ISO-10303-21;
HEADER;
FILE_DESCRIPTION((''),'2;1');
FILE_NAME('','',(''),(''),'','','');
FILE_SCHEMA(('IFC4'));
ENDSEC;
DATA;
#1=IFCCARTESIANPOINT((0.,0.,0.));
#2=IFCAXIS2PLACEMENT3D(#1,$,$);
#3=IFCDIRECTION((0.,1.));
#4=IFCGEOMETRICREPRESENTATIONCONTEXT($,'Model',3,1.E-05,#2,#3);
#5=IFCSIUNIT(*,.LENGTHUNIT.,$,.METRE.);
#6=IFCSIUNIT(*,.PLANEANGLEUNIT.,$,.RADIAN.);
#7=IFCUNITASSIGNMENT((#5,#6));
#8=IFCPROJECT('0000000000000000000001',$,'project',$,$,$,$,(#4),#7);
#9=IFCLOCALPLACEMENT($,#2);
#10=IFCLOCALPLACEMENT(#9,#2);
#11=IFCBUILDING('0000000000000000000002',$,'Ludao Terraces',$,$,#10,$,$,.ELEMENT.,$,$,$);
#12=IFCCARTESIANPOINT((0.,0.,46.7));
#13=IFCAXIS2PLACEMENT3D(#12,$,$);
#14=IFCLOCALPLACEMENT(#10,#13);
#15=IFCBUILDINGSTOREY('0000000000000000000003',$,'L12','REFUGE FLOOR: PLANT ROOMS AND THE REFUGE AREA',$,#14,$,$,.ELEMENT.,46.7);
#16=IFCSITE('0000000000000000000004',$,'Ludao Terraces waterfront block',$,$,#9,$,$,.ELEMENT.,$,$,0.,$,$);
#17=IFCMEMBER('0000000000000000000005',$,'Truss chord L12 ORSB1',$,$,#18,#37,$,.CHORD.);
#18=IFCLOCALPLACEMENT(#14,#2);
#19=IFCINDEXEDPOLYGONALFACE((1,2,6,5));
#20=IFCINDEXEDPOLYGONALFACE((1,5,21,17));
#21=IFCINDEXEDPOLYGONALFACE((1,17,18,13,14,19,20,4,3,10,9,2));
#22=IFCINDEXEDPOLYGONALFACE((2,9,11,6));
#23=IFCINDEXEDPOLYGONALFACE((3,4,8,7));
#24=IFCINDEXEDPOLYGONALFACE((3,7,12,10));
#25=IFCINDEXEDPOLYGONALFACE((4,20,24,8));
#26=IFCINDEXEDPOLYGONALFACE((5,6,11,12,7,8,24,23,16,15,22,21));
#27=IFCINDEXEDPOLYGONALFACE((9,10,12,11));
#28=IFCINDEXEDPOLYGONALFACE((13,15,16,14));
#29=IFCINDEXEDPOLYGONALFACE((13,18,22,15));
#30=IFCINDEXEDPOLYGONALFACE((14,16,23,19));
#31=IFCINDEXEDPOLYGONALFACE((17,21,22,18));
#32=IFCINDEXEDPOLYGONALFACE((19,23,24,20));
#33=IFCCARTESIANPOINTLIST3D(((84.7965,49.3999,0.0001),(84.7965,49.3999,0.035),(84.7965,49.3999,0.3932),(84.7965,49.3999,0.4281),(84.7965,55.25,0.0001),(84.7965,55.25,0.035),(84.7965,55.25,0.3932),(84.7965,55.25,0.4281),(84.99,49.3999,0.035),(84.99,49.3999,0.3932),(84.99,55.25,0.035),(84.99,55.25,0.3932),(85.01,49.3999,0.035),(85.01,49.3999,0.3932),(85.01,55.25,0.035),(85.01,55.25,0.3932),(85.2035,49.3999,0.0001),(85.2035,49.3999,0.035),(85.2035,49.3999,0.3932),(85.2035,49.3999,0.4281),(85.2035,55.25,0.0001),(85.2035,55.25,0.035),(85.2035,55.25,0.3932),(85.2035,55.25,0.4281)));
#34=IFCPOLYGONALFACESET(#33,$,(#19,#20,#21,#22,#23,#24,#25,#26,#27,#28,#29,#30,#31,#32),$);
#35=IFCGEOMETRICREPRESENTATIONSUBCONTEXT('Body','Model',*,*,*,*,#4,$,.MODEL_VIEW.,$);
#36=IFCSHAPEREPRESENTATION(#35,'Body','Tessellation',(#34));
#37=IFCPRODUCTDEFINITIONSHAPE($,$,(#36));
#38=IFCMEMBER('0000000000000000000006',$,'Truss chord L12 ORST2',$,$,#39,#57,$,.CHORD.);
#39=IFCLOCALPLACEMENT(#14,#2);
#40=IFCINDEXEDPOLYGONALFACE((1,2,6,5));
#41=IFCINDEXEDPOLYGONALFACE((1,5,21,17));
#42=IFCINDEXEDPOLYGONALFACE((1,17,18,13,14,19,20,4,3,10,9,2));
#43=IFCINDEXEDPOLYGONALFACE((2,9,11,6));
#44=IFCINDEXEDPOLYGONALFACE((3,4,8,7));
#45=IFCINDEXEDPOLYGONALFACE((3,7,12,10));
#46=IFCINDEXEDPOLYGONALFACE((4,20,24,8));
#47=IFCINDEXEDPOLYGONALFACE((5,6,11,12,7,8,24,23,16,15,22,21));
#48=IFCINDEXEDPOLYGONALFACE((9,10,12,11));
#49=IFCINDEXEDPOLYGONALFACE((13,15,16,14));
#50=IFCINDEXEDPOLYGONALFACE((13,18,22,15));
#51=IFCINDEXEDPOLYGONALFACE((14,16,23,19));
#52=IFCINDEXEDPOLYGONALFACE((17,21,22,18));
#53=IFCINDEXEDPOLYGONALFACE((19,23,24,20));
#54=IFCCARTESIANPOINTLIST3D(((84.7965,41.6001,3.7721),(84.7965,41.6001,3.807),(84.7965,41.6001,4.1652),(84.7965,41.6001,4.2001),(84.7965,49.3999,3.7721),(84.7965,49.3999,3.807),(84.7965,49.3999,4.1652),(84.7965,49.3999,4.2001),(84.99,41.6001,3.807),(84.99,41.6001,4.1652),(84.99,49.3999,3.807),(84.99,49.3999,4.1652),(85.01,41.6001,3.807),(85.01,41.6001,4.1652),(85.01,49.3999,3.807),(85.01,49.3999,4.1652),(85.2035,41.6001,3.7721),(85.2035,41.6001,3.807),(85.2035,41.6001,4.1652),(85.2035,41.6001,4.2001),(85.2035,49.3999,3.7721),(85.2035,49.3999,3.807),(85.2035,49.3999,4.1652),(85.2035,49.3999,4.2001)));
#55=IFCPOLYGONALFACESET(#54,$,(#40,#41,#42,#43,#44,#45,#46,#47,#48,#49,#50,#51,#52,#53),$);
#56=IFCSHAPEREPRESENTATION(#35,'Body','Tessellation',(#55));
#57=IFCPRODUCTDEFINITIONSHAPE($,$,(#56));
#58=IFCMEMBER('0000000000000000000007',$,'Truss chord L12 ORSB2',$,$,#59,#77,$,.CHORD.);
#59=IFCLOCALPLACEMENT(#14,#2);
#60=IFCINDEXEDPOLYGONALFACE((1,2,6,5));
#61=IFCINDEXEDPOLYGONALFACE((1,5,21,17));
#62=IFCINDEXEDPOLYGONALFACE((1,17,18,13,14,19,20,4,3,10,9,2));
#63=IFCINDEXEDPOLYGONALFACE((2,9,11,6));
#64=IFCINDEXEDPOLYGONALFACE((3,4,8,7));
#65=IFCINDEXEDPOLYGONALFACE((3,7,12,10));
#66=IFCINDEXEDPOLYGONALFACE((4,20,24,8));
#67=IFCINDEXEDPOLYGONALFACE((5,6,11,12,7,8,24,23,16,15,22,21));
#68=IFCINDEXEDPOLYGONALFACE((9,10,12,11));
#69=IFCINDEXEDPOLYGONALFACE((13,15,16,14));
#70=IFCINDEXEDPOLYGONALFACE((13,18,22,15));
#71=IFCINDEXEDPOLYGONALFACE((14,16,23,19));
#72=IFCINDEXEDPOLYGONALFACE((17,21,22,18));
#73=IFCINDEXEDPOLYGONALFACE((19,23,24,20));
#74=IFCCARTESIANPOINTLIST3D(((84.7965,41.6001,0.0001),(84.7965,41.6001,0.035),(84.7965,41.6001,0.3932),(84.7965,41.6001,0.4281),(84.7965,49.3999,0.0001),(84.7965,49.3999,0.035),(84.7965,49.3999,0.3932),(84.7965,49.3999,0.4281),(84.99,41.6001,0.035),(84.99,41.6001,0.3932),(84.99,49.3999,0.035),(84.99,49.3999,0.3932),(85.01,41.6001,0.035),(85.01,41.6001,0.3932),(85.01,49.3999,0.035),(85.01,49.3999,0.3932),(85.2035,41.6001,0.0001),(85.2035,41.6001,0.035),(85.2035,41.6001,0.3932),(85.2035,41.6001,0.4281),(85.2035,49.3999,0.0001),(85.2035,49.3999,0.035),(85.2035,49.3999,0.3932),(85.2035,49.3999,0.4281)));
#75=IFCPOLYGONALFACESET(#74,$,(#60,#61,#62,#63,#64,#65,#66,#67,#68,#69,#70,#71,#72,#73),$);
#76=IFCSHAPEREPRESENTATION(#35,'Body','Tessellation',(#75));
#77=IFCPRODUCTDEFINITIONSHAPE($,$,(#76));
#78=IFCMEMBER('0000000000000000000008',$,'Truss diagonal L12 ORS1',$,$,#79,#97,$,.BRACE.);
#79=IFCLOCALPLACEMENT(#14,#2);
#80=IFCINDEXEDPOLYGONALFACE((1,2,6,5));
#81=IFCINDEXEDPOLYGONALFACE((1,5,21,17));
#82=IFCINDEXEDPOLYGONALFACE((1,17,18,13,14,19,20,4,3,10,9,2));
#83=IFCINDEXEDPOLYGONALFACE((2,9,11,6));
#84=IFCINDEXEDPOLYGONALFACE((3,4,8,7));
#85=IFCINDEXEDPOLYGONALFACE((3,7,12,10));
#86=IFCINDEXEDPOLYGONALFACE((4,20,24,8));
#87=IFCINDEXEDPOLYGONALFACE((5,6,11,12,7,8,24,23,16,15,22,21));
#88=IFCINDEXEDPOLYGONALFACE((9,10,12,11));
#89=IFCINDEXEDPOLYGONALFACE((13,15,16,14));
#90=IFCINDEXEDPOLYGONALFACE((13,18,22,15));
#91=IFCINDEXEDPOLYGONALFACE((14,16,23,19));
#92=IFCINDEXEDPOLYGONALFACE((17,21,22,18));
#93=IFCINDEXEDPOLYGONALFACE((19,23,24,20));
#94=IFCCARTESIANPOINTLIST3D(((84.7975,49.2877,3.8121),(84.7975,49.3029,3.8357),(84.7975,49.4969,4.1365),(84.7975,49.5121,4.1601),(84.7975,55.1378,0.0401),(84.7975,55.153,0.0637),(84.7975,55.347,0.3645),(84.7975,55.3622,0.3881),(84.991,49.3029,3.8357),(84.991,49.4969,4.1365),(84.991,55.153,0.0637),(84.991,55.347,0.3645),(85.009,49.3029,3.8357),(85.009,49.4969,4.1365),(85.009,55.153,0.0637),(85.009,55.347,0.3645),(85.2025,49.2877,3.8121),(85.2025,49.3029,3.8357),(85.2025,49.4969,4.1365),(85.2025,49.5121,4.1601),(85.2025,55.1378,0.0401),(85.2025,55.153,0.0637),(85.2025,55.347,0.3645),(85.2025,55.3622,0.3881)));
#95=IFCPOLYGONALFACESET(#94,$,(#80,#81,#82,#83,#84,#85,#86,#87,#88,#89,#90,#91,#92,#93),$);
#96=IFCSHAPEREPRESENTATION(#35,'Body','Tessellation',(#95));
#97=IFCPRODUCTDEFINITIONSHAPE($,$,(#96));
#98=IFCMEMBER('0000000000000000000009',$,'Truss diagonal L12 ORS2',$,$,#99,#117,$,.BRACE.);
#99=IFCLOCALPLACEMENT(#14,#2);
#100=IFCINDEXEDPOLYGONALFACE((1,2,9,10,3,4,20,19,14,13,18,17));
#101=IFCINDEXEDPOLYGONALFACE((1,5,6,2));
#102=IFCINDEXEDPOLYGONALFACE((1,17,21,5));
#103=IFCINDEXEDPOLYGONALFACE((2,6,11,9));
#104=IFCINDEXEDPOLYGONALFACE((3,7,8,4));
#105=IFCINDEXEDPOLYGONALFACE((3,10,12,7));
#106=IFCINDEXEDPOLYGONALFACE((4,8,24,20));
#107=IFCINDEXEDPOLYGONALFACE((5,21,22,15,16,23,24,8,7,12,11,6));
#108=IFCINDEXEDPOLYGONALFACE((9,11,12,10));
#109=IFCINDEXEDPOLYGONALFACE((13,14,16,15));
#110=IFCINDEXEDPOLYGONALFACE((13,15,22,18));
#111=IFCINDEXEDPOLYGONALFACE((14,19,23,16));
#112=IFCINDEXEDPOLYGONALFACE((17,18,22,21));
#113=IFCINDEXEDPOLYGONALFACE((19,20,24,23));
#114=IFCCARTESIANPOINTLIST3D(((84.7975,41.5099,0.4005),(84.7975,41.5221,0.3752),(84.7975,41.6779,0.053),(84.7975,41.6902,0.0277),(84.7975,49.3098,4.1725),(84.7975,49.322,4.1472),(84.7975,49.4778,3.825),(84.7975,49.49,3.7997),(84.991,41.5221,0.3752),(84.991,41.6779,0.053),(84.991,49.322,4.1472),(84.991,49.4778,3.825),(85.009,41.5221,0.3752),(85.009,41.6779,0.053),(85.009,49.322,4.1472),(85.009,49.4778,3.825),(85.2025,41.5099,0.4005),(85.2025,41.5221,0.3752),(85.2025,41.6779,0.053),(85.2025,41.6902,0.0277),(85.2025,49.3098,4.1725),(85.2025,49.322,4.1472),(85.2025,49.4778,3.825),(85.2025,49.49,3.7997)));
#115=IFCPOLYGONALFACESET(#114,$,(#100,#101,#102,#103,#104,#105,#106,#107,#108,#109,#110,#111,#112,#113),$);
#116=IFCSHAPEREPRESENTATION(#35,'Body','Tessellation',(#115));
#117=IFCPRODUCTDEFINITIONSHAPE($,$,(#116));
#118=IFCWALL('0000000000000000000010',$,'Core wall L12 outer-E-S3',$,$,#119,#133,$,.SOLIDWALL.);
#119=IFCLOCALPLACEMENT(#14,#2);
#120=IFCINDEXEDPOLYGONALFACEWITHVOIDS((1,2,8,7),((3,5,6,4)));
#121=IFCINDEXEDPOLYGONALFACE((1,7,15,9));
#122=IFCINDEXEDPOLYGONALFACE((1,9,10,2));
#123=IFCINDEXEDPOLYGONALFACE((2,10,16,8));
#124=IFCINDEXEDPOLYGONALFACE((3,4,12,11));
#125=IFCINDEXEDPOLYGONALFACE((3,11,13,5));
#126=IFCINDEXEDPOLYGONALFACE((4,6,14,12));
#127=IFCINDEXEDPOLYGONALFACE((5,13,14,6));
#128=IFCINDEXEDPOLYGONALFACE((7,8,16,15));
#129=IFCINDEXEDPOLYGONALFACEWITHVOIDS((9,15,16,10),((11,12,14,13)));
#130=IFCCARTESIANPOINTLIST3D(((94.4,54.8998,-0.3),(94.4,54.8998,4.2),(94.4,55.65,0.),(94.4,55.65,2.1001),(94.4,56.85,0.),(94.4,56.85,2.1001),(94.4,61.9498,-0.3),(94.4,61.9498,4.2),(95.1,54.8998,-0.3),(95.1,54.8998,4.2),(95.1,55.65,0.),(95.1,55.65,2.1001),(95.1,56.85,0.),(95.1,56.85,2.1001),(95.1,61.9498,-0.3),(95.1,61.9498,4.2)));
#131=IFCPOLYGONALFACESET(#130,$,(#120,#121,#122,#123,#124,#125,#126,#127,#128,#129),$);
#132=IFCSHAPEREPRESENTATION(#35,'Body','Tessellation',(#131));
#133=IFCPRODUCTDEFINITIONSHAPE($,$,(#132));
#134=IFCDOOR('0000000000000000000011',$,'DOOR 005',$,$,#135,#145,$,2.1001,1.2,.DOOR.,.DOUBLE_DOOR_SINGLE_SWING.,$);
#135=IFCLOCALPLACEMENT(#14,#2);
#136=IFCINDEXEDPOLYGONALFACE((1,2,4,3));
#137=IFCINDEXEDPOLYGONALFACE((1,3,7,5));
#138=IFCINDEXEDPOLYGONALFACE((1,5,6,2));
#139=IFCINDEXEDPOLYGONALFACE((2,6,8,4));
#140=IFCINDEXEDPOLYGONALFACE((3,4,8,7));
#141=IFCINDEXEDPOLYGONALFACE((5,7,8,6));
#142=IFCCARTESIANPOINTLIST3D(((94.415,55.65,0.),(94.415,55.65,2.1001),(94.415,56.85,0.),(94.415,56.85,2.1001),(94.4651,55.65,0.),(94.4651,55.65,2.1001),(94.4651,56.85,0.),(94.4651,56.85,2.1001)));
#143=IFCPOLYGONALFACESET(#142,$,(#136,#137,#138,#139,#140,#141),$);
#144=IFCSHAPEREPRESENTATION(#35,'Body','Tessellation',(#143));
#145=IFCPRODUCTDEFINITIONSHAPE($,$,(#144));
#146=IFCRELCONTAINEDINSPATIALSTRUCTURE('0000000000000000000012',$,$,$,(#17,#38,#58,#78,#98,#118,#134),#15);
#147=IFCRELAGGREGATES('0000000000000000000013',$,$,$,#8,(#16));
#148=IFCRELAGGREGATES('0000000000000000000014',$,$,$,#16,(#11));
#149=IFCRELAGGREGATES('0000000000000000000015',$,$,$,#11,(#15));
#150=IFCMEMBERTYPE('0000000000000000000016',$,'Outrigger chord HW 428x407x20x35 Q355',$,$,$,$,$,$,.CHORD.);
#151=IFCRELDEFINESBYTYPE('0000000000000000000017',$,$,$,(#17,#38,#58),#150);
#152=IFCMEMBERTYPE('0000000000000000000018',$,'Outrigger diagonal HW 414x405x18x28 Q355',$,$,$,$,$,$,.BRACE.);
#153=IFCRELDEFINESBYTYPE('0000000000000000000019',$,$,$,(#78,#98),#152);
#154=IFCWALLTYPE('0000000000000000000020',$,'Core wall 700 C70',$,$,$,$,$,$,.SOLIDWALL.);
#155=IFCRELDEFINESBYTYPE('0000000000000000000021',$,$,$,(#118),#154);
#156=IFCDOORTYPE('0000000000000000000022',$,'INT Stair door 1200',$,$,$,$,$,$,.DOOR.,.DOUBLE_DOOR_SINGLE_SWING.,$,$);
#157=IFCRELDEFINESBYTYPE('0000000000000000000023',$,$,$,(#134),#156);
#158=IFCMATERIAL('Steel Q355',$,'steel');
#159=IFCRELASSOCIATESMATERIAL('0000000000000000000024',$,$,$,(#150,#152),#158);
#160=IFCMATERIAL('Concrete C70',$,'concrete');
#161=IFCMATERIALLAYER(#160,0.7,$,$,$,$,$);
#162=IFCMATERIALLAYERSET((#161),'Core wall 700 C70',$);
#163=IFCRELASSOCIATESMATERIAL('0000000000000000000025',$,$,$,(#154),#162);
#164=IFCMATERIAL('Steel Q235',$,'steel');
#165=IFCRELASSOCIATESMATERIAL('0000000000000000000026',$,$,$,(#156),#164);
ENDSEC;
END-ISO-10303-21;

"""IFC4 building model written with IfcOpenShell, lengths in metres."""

from ifc_helpers import new_model, si_unit, direction, frame, frame_2d, origin, origin_2d, place, context, subcontext, project, spatial, rectangle, i_section, extrude, material, layer, layer_set, material_profile, profile_set, type_object, element, fill, save


model = new_model("IFC4")

# Units and contexts
model_context = context("Model", 3, precision=1e-05, world=origin(), true_north=direction((0.0, 1.0)))
body_context = subcontext(model_context, "Body", "Model", "MODEL_VIEW")
ifc_project = project(units=[si_unit("LENGTHUNIT", "METRE"), si_unit("PLANEANGLEUNIT", "RADIAN")], contexts=[model_context])

# Site, building, storey
site_placement = place(None, origin())
site = spatial("IfcSite", under=ifc_project, at=site_placement, Name="Ludao Terraces waterfront block", CompositionType="ELEMENT", RefElevation=0.0)
building_placement = place(site_placement, origin())
building = spatial("IfcBuilding", under=site, at=building_placement, Name="Ludao Terraces", CompositionType="ELEMENT")
storey_placement = place(building_placement, frame((0.0, 0.0, 46.7)))
storey = spatial("IfcBuildingStorey", under=building, at=storey_placement, Name="L12", Description="REFUGE FLOOR: PLANT ROOMS AND THE REFUGE AREA", CompositionType="ELEMENT", Elevation=46.7)

# Members
ifc_material_1 = material(Name="Steel Q355", Category="steel")
ifc_material_profile_1 = material_profile(ifc_material_1, i_section(OverallWidth=0.407, OverallDepth=0.428, WebThickness=0.02, FlangeThickness=0.0349, at=origin_2d()), Name="HW 428X407X20X35")
ifc_profile_set_1 = profile_set([ifc_material_profile_1], Name="Steel Q355")
member_type_1 = type_object("IfcMemberType", Name="Outrigger chord HW 428x407x20x35 Q355", PredefinedType="CHORD", material=ifc_profile_set_1)
for number, where, z_axis, x_axis, name in (
    (1, (85.0, 55.25, 0.2141), (0.0, -1.0, 0.0), (1.0, 0.0, 0.0), "Truss chord L12 ORSB1"),
):
    element("IfcMember", number, at=place(storey_placement, frame(where, z_axis=z_axis, x_axis=x_axis)), inside=storey, type_object=member_type_1, Name=name, PredefinedType="CHORD", context=body_context, shape_type="SweptSolid", body=[
        extrude(i_section(OverallWidth=0.407, OverallDepth=0.428, WebThickness=0.02, FlangeThickness=0.0349, at=origin_2d()), origin(), (0.0, 0.0, 1.0), 5.8501),
    ])
for number, where, z_axis, x_axis, name in (
    (2, (85.0, 49.3999, 3.9861), (0.0, -1.0, 0.0), (1.0, 0.0, 0.0), "Truss chord L12 ORST2"),
    (3, (85.0, 49.3999, 0.2141), (0.0, -1.0, 0.0), (1.0, 0.0, 0.0), "Truss chord L12 ORSB2"),
):
    element("IfcMember", number, at=place(storey_placement, frame(where, z_axis=z_axis, x_axis=x_axis)), inside=storey, type_object=member_type_1, Name=name, PredefinedType="CHORD", context=body_context, shape_type="SweptSolid", body=[
        extrude(i_section(OverallWidth=0.407, OverallDepth=0.428, WebThickness=0.02, FlangeThickness=0.0349, at=origin_2d()), origin(), (0.0, 0.0, 1.0), 7.7998),
    ])
ifc_material_profile_2 = material_profile(ifc_material_1, i_section(OverallWidth=0.405, OverallDepth=0.4141, WebThickness=0.0181, FlangeThickness=0.0281, at=origin_2d()), Name="HW 414X405X18X28")
ifc_profile_set_2 = profile_set([ifc_material_profile_2], Name="Steel Q355")
member_type_2 = type_object("IfcMemberType", Name="Outrigger diagonal HW 414x405x18x28 Q355", PredefinedType="BRACE", material=ifc_profile_set_2)
member_1_placement = place(storey_placement, frame((85.0, 55.25, 0.2141), z_axis=(0.0, -0.840446, 0.541895), x_axis=(1.0, 0.0, 0.0)))
element("IfcMember", 4, at=member_1_placement, inside=storey, type_object=member_type_2, Name="Truss diagonal L12 ORS1", PredefinedType="BRACE", context=body_context, shape_type="SweptSolid", body=[
    extrude(i_section(OverallWidth=0.405, OverallDepth=0.4141, WebThickness=0.0181, FlangeThickness=0.0281, at=origin_2d()), origin(), (0.0, 0.0, 1.0), 6.9607),
])
member_2_placement = place(storey_placement, frame((85.0, 49.3999, 3.9861), z_axis=(0.0, -0.900255, -0.435362), x_axis=(1.0, 0.0, 0.0)))
element("IfcMember", 5, at=member_2_placement, inside=storey, type_object=member_type_2, Name="Truss diagonal L12 ORS2", PredefinedType="BRACE", context=body_context, shape_type="SweptSolid", body=[
    extrude(i_section(OverallWidth=0.405, OverallDepth=0.4141, WebThickness=0.0181, FlangeThickness=0.0281, at=origin_2d()), origin(), (0.0, 0.0, 1.0), 8.6641),
])

# Wall, opening, door
ifc_material_2 = material(Name="Concrete C70", Category="concrete")
ifc_layer = layer(ifc_material_2, 0.7)
ifc_layer_set = layer_set([ifc_layer], Name="Core wall 700 C70")
wall_type = type_object("IfcWallType", Name="Core wall 700 C70", PredefinedType="SOLIDWALL", material=ifc_layer_set)
wall_placement = place(storey_placement, frame((94.75, 54.8999, -0.3), z_axis=(0.0, 0.0, 1.0), x_axis=(0.0, 1.0, 0.0)))
wall = element("IfcWall", 6, at=wall_placement, inside=storey, type_object=wall_type, Name="Core wall L12 outer-E-S3", PredefinedType="SOLIDWALL", context=body_context, shape_type="SweptSolid", body=[
    extrude(rectangle(XDim=7.05, YDim=0.7, at=frame_2d((3.5249, 0.0))), origin(), (0.0, 0.0, 1.0), 4.5),
])
opening_placement = place(wall_placement, frame((0.75, 0.0, 0.3)))
opening = element("IfcOpeningElement", 7, at=opening_placement, cuts=wall, PredefinedType="OPENING", context=body_context, shape_type="SweptSolid", body=[
    extrude(rectangle(XDim=1.2, YDim=2.1001, at=frame_2d((0.6001, 1.05))), frame((0.0, 0.3599, 0.0), z_axis=(0.0, -1.0, 0.0), x_axis=(1.0, 0.0, 0.0)), (0.0, 0.0, 1.0), 0.72),
])
ifc_material_3 = material(Name="Steel Q235", Category="steel")
door_type = type_object("IfcDoorType", Name="INT Stair door 1200", OperationType="DOUBLE_DOOR_SINGLE_SWING", PredefinedType="DOOR", material=ifc_material_3)
door_placement = place(opening_placement, origin())
door = element("IfcDoor", 8, at=door_placement, inside=storey, type_object=door_type, Name="DOOR 005", OperationType="DOUBLE_DOOR_SINGLE_SWING", OverallHeight=2.1001, OverallWidth=1.2, PredefinedType="DOOR", context=body_context, shape_type="SweptSolid", body=[
    extrude(rectangle(XDim=1.2, YDim=2.1001, at=frame_2d((0.6001, 1.05))), frame((0.0, 0.335, 0.0), z_axis=(0.0, -1.0, 0.0), x_axis=(1.0, 0.0, 0.0)), (0.0, 0.0, 1.0), 0.05),
])
fill(opening, door)

save(model, "model.ifc")
